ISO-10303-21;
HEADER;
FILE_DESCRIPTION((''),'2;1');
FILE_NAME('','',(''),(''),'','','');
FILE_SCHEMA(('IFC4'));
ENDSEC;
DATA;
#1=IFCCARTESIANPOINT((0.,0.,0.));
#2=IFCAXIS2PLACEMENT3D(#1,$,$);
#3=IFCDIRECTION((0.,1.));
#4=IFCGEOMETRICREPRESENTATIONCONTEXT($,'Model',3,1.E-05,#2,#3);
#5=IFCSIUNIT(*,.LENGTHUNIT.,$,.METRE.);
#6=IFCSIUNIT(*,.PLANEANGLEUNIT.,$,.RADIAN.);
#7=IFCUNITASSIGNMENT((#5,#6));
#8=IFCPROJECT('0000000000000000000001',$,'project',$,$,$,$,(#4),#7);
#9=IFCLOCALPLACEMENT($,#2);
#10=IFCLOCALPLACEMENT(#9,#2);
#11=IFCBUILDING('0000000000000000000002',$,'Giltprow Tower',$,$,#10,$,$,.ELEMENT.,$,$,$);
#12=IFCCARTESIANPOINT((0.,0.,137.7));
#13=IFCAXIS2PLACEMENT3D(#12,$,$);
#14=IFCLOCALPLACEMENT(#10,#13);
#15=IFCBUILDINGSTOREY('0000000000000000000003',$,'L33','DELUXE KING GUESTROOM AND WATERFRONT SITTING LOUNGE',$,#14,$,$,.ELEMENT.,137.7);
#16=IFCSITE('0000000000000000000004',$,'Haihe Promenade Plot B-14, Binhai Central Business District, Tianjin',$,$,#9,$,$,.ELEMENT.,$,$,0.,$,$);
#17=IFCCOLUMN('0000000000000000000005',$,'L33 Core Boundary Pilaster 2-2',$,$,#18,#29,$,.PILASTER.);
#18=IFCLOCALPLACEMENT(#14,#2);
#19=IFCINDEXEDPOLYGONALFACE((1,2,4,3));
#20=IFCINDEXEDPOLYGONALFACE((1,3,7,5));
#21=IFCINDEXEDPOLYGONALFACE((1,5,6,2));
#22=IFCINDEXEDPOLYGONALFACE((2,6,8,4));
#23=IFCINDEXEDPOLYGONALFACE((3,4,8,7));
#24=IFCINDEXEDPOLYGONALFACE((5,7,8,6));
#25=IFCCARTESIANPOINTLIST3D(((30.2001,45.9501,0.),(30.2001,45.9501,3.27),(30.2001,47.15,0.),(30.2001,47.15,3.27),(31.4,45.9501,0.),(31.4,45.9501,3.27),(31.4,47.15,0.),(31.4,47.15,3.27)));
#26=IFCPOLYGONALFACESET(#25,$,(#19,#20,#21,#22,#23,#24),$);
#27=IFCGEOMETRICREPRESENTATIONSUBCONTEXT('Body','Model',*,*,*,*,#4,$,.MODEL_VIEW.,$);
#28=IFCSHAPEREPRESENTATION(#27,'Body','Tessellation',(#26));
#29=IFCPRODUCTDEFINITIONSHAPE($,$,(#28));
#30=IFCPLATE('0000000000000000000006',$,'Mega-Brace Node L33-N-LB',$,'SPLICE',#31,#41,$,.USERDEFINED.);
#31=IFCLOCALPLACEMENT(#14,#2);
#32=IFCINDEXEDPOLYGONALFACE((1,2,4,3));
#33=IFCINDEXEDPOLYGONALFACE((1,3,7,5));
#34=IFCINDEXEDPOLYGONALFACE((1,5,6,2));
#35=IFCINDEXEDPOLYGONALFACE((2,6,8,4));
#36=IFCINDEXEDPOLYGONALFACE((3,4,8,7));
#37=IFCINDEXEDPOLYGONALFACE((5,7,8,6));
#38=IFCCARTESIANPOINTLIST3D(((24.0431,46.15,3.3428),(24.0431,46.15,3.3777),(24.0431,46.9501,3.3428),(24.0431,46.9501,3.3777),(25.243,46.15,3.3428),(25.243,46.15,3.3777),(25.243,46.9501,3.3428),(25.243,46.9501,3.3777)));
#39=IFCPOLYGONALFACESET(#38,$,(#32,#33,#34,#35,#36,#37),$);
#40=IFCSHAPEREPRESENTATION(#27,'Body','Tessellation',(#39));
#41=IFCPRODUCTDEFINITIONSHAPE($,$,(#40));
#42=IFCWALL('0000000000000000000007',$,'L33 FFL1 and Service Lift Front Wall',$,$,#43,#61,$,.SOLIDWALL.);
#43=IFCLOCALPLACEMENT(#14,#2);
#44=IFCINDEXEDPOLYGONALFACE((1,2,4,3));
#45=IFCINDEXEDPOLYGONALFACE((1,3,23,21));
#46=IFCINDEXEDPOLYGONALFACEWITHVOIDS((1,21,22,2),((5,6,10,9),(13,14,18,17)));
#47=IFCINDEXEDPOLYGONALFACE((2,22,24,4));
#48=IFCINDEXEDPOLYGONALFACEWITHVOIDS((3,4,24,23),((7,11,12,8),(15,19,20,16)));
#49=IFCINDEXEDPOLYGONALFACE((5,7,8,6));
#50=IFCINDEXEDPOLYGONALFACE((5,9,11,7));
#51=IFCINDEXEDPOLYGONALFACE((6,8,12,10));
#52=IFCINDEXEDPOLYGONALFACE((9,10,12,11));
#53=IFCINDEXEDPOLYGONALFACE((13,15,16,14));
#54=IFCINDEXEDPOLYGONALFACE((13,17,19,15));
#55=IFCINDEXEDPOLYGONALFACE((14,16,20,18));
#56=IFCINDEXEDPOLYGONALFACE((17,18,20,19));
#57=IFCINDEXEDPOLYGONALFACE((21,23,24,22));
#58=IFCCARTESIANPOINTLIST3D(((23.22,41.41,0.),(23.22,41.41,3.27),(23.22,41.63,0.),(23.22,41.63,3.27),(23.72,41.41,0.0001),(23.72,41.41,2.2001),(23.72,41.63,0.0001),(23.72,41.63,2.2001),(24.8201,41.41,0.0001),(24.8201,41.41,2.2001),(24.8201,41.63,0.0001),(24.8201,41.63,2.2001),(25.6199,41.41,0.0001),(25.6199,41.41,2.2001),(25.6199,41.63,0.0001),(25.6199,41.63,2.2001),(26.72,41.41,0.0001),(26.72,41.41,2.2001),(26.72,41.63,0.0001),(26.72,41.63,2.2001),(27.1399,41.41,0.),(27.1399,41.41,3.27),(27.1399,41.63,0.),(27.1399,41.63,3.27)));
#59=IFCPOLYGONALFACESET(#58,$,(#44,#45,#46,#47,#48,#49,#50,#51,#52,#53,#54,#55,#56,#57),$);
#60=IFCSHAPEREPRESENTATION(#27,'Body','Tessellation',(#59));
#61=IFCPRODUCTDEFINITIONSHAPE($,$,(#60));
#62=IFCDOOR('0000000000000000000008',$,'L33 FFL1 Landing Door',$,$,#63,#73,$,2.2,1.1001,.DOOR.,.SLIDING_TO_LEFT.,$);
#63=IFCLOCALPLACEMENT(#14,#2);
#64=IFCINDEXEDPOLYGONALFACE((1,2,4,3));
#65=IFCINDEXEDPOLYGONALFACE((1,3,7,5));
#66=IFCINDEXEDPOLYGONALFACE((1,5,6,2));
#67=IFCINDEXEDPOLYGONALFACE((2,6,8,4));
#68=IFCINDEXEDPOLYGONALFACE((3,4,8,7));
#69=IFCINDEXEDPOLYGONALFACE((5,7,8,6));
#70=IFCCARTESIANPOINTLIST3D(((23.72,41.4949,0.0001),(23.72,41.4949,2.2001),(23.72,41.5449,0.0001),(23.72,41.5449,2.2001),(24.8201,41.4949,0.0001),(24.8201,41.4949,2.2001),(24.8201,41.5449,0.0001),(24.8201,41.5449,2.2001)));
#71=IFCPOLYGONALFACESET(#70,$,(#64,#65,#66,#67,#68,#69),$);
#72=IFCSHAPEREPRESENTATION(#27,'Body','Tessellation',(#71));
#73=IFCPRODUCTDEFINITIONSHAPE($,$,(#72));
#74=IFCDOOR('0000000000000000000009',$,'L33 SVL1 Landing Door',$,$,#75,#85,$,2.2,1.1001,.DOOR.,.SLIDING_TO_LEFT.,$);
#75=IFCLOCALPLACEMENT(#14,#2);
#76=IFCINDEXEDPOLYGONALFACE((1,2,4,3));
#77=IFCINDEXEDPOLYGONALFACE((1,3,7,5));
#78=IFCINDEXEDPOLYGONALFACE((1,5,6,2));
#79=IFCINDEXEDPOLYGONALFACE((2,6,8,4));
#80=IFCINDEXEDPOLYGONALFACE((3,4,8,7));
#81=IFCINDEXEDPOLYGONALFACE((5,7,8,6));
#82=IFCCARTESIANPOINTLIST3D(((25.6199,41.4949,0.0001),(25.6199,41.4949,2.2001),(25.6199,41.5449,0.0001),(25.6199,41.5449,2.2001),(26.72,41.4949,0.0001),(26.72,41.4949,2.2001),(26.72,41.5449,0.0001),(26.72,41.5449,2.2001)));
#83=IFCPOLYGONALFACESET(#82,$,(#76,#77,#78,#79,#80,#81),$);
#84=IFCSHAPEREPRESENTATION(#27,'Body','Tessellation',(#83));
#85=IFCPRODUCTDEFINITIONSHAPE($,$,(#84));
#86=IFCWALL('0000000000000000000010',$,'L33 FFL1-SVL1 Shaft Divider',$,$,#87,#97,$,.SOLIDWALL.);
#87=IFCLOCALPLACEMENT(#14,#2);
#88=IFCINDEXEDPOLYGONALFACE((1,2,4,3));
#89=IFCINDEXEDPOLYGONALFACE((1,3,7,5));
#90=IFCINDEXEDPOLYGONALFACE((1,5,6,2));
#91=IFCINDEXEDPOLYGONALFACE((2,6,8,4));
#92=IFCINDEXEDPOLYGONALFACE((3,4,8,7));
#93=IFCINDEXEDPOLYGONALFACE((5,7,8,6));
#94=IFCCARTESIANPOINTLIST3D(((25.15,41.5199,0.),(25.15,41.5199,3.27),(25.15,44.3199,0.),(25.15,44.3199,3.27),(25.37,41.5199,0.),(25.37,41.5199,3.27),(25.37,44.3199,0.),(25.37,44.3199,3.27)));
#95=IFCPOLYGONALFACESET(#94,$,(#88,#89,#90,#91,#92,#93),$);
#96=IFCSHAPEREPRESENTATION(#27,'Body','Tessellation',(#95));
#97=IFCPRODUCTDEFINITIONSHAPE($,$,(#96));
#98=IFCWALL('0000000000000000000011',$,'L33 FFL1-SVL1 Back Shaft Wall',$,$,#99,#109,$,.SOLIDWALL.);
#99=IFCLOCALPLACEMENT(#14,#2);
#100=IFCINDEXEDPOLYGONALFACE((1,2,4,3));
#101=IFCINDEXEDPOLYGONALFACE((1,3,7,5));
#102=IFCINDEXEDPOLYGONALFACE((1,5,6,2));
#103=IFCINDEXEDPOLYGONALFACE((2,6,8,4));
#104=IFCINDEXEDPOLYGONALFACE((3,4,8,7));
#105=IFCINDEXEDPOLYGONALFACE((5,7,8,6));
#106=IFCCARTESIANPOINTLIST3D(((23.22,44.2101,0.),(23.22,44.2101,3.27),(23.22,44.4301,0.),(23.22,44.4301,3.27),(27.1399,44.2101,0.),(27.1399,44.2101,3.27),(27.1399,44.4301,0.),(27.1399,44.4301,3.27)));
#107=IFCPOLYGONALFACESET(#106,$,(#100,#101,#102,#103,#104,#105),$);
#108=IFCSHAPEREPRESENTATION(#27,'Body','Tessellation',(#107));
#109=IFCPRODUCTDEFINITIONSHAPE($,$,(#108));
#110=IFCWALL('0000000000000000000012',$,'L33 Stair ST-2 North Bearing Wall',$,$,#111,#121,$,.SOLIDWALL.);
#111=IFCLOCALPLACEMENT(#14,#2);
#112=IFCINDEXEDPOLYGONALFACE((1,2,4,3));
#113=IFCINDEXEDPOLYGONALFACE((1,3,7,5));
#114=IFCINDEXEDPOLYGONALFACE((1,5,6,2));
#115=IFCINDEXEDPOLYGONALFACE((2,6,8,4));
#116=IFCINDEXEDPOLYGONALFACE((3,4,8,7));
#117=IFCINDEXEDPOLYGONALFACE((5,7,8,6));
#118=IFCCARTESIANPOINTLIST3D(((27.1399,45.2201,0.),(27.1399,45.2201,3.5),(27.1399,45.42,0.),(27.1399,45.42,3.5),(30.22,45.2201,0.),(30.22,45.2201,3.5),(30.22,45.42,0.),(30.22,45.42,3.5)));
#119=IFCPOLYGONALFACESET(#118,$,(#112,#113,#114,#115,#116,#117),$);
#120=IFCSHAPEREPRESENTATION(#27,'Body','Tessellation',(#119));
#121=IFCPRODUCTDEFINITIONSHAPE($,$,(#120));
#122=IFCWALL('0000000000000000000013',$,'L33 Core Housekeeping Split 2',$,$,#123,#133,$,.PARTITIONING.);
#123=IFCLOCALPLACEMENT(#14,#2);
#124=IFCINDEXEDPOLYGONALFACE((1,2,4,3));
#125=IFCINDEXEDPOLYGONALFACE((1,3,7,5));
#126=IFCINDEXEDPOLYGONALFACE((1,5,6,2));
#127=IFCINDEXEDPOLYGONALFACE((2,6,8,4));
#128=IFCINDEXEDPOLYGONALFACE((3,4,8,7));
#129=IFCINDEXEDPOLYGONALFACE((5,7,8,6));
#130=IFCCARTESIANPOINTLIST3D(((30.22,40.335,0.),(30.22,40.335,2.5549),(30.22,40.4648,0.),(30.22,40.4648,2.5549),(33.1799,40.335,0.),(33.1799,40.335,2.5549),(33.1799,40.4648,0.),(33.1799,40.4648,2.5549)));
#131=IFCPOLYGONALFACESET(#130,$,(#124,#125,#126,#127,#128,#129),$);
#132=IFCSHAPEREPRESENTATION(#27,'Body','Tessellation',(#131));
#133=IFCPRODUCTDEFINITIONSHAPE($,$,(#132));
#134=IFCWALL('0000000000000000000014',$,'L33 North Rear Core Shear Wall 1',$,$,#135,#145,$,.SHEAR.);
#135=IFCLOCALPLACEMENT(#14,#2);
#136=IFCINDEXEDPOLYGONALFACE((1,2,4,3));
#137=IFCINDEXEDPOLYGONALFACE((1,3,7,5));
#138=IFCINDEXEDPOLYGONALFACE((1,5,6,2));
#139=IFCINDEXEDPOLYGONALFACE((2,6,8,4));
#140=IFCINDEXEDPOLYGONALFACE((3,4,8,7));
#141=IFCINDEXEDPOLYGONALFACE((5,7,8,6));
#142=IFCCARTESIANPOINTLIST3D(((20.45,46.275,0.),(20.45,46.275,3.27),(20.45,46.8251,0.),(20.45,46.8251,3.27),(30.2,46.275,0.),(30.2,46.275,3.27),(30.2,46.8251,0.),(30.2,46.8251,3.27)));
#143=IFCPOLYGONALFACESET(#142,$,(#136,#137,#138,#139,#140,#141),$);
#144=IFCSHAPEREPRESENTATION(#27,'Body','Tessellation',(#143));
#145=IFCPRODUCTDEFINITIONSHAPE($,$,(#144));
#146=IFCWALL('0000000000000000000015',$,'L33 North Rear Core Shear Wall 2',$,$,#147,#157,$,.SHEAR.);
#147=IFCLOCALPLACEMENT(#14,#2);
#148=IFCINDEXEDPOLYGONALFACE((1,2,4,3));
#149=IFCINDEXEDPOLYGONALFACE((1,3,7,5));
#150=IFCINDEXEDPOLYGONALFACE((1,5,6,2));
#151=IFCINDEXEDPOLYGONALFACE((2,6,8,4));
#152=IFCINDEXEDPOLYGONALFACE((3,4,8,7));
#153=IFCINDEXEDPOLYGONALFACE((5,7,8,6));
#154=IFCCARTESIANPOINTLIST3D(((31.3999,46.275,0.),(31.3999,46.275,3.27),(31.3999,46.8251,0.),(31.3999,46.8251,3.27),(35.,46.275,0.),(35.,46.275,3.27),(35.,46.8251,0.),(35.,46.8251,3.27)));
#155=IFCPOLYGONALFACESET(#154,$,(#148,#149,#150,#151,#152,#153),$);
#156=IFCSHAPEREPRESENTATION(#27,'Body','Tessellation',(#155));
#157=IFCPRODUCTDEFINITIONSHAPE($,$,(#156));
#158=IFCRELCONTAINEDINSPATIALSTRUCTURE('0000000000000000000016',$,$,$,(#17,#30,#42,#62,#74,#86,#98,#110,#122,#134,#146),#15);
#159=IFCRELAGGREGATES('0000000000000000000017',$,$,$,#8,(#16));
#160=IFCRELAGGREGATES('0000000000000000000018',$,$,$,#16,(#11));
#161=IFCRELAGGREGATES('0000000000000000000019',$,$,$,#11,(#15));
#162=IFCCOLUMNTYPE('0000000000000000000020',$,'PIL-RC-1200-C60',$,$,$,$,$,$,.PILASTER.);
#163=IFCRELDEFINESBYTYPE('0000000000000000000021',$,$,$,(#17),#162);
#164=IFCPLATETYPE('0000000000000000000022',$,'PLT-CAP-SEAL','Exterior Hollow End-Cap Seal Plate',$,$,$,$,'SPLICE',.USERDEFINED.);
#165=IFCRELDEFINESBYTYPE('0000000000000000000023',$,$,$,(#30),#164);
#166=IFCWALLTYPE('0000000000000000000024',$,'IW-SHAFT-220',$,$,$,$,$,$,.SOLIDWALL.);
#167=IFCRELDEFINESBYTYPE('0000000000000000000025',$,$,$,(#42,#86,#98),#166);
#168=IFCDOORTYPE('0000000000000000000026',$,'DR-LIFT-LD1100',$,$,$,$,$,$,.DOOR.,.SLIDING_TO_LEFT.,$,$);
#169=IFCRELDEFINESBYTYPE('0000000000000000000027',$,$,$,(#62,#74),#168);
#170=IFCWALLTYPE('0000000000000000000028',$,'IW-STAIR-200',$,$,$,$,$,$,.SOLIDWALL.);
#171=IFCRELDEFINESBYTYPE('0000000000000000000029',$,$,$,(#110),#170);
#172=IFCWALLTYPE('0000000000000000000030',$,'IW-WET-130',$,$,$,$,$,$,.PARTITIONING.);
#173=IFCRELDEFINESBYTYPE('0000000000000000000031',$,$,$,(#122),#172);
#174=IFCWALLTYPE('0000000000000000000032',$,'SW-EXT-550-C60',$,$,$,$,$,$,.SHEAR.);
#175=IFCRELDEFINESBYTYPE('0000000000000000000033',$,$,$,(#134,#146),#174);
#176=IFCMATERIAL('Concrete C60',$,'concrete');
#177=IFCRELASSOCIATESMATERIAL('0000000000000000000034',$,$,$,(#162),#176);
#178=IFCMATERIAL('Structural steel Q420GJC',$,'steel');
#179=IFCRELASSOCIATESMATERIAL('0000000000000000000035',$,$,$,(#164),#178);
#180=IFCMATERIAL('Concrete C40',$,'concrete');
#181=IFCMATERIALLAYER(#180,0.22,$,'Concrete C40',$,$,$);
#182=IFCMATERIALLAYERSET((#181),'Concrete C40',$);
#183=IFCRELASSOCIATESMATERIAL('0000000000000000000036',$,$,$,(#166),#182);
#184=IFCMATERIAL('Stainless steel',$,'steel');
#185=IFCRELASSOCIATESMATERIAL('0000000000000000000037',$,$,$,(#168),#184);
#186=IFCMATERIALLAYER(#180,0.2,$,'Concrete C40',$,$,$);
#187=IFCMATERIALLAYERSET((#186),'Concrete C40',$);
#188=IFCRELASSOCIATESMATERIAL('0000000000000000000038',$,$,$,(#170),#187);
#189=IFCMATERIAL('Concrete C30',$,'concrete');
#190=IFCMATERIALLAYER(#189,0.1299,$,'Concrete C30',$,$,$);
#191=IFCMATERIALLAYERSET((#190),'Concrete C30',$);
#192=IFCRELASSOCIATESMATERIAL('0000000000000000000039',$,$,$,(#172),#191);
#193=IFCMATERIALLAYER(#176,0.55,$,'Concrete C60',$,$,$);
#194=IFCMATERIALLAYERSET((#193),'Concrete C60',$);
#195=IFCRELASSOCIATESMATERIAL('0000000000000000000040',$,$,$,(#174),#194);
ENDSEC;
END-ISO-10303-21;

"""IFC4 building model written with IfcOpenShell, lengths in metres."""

from ifc_helpers import new_model, si_unit, direction, frame, frame_2d, origin, origin_2d, place, context, subcontext, project, spatial, rectangle, extrude, source, transform, mapped, material, layer, layer_set, material_profile, profile_set, type_object, element, fill, save


model = new_model("IFC4")

# Units and contexts
model_context = context("Model", 3, precision=1e-05, world=origin(), true_north=direction((0.0, 1.0)))
body_context = subcontext(model_context, "Body", "Model", "MODEL_VIEW")
ifc_project = project(units=[si_unit("LENGTHUNIT", "METRE"), si_unit("PLANEANGLEUNIT", "RADIAN")], contexts=[model_context])

# Site, building, storey
site_placement = place(None, origin())
site = spatial("IfcSite", under=ifc_project, at=site_placement, Name="Haihe Promenade Plot B-14, Binhai Central Business District, Tianjin", CompositionType="ELEMENT", RefElevation=0.0)
building_placement = place(site_placement, origin())
building = spatial("IfcBuilding", under=site, at=building_placement, Name="Giltprow Tower", CompositionType="ELEMENT")
storey_placement = place(building_placement, frame((0.0, 0.0, 137.7)))
storey = spatial("IfcBuildingStorey", under=building, at=storey_placement, Name="L33", Description="DELUXE KING GUESTROOM AND WATERFRONT SITTING LOUNGE", CompositionType="ELEMENT", Elevation=137.7)

# Column
ifc_material_1 = material(Name="Concrete C60", Category="concrete")
ifc_material_profile = material_profile(ifc_material_1, rectangle(XDim=1.2, YDim=1.2, at=origin_2d()), Name="RC 1200x1200")
ifc_profile_set = profile_set([ifc_material_profile], Name="Concrete C60")
column_type = type_object("IfcColumnType", Name="PIL-RC-1200-C60", PredefinedType="PILASTER", material=ifc_profile_set)
shared_shape_1 = source(origin(), body_context, "Body", "SweptSolid", [
    extrude(rectangle(XDim=1.2, YDim=1.2, at=origin_2d()), origin(), (0.0, 0.0, 1.0), 3.27),
])
column_placement = place(storey_placement, frame((30.8, 46.55, 0.0), z_axis=(0.0, 0.0, 1.0), x_axis=(1.0, 0.0, 0.0)))
element("IfcColumn", 1, at=column_placement, inside=storey, type_object=column_type, Name="L33 Core Boundary Pilaster 2-2", PredefinedType="PILASTER", context=body_context, shape_type="MappedRepresentation", body=[
    mapped(shared_shape_1, transform((0.0, 0.0, 0.0), x_axis=(1.0, 0.0, 0.0), y_axis=(0.0, 1.0, 0.0), z_axis=(0.0, 0.0, 1.0), scale=1.0)),
])

# Plate
ifc_material_2 = material(Name="Structural steel Q420GJC", Category="steel")
plate_type = type_object("IfcPlateType", Name="PLT-CAP-SEAL", Description="Exterior Hollow End-Cap Seal Plate", ElementType="SPLICE", PredefinedType="USERDEFINED", material=ifc_material_2)
shared_shape_2 = source(origin(), body_context, "Body", "SweptSolid", [
    extrude(rectangle(XDim=1.2, YDim=0.8, at=origin_2d()), origin(), (0.0, 0.0, 1.0), 0.0349),
])
plate_placement = place(storey_placement, frame((24.6431, 46.55, 3.3428), z_axis=(0.0, 0.0, 1.0), x_axis=(1.0, 0.0, 0.0)))
element("IfcPlate", 2, at=plate_placement, inside=storey, type_object=plate_type, Name="Mega-Brace Node L33-N-LB", ObjectType="SPLICE", PredefinedType="USERDEFINED", context=body_context, shape_type="MappedRepresentation", body=[
    mapped(shared_shape_2, transform((0.0, 0.0, 0.0), x_axis=(1.0, 0.0, 0.0), y_axis=(0.0, 1.0, 0.0), z_axis=(0.0, 0.0, 1.0), scale=1.0)),
])

# Wall, openings, doors
ifc_material_3 = material(Name="Concrete C40", Category="concrete")
ifc_layer_1 = layer(ifc_material_3, 0.22, Name="Concrete C40")
ifc_layer_set_1 = layer_set([ifc_layer_1], Name="Concrete C40")
wall_type_1 = type_object("IfcWallType", Name="IW-SHAFT-220", PredefinedType="SOLIDWALL", material=ifc_layer_set_1)
wall_1_placement = place(storey_placement, frame((23.22, 41.52, 0.0), z_axis=(0.0, 0.0, 1.0), x_axis=(1.0, 0.0, 0.0)))
wall_1 = element("IfcWall", 3, at=wall_1_placement, inside=storey, type_object=wall_type_1, Name="L33 FFL1 and Service Lift Front Wall", PredefinedType="SOLIDWALL", context=body_context, shape_type="SweptSolid", body=[
    extrude(rectangle(XDim=3.9199, YDim=0.22, at=frame_2d((1.96, 0.0))), origin(), (0.0, 0.0, 1.0), 3.27),
])
opening_1_placement = place(wall_1_placement, frame((0.5, 0.0, 0.0)))
opening_1 = element("IfcOpeningElement", 4, at=opening_1_placement, cuts=wall_1, PredefinedType="OPENING", context=body_context, shape_type="SweptSolid", body=[
    extrude(rectangle(XDim=1.1001, YDim=2.2, at=frame_2d((0.55, 1.1001))), frame((0.0, 0.1199, 0.0), z_axis=(0.0, -1.0, 0.0), x_axis=(1.0, 0.0, 0.0)), (0.0, 0.0, 1.0), 0.24),
])
opening_2_placement = place(wall_1_placement, frame((2.3999, 0.0, 0.0)))
opening_2 = element("IfcOpeningElement", 5, at=opening_2_placement, cuts=wall_1, PredefinedType="OPENING", context=body_context, shape_type="SweptSolid", body=[
    extrude(rectangle(XDim=1.1001, YDim=2.2, at=frame_2d((0.55, 1.1001))), frame((0.0, 0.1199, 0.0), z_axis=(0.0, -1.0, 0.0), x_axis=(1.0, 0.0, 0.0)), (0.0, 0.0, 1.0), 0.24),
])
ifc_material_4 = material(Name="Stainless steel", Category="steel")
door_type = type_object("IfcDoorType", Name="DR-LIFT-LD1100", OperationType="SLIDING_TO_LEFT", PredefinedType="DOOR", material=ifc_material_4)
shared_shape_3 = source(origin(), body_context, "Body", "SweptSolid", [
    extrude(rectangle(XDim=1.1001, YDim=2.2, at=frame_2d((0.55, 1.1001))), frame((0.0, 0.0249, 0.0), z_axis=(0.0, -1.0, 0.0), x_axis=(1.0, 0.0, 0.0)), (0.0, 0.0, 1.0), 0.05),
])
door_1_placement = place(opening_1_placement, origin())
door_1 = element("IfcDoor", 6, at=door_1_placement, inside=storey, type_object=door_type, Name="L33 FFL1 Landing Door", OperationType="SLIDING_TO_LEFT", OverallHeight=2.2, OverallWidth=1.1001, PredefinedType="DOOR", context=body_context, shape_type="MappedRepresentation", body=[
    mapped(shared_shape_3, transform((0.0, 0.0, 0.0), x_axis=(1.0, 0.0, 0.0), y_axis=(0.0, 1.0, 0.0), z_axis=(0.0, 0.0, 1.0), scale=1.0)),
])
fill(opening_1, door_1)
door_2_placement = place(opening_2_placement, origin())
door_2 = element("IfcDoor", 7, at=door_2_placement, inside=storey, type_object=door_type, Name="L33 SVL1 Landing Door", OperationType="SLIDING_TO_LEFT", OverallHeight=2.2, OverallWidth=1.1001, PredefinedType="DOOR", context=body_context, shape_type="MappedRepresentation", body=[
    mapped(shared_shape_3, transform((0.0, 0.0, 0.0), x_axis=(1.0, 0.0, 0.0), y_axis=(0.0, 1.0, 0.0), z_axis=(0.0, 0.0, 1.0), scale=1.0)),
])
fill(opening_2, door_2)

# Walls
wall_2_placement = place(storey_placement, frame((25.26, 41.52, 0.0), z_axis=(0.0, 0.0, 1.0), x_axis=(0.0, 1.0, 0.0)))
element("IfcWall", 8, at=wall_2_placement, inside=storey, type_object=wall_type_1, Name="L33 FFL1-SVL1 Shaft Divider", PredefinedType="SOLIDWALL", context=body_context, shape_type="SweptSolid", body=[
    extrude(rectangle(XDim=2.8, YDim=0.22, at=frame_2d((1.3999, 0.0))), origin(), (0.0, 0.0, 1.0), 3.27),
])
wall_3_placement = place(storey_placement, frame((23.22, 44.3201, 0.0), z_axis=(0.0, 0.0, 1.0), x_axis=(1.0, 0.0, 0.0)))
element("IfcWall", 9, at=wall_3_placement, inside=storey, type_object=wall_type_1, Name="L33 FFL1-SVL1 Back Shaft Wall", PredefinedType="SOLIDWALL", context=body_context, shape_type="SweptSolid", body=[
    extrude(rectangle(XDim=3.9199, YDim=0.22, at=frame_2d((1.96, 0.0))), origin(), (0.0, 0.0, 1.0), 3.27),
])
ifc_layer_2 = layer(ifc_material_3, 0.2, Name="Concrete C40")
ifc_layer_set_2 = layer_set([ifc_layer_2], Name="Concrete C40")
wall_type_2 = type_object("IfcWallType", Name="IW-STAIR-200", PredefinedType="SOLIDWALL", material=ifc_layer_set_2)
wall_4_placement = place(storey_placement, frame((27.1399, 45.3201, 0.0), z_axis=(0.0, 0.0, 1.0), x_axis=(1.0, 0.0, 0.0)))
element("IfcWall", 10, at=wall_4_placement, inside=storey, type_object=wall_type_2, Name="L33 Stair ST-2 North Bearing Wall", PredefinedType="SOLIDWALL", context=body_context, shape_type="SweptSolid", body=[
    extrude(rectangle(XDim=3.0801, YDim=0.2, at=frame_2d((1.54, 0.0))), origin(), (0.0, 0.0, 1.0), 3.5),
])
ifc_material_5 = material(Name="Concrete C30", Category="concrete")
ifc_layer_3 = layer(ifc_material_5, 0.1299, Name="Concrete C30")
ifc_layer_set_3 = layer_set([ifc_layer_3], Name="Concrete C30")
wall_type_3 = type_object("IfcWallType", Name="IW-WET-130", PredefinedType="PARTITIONING", material=ifc_layer_set_3)
wall_5_placement = place(storey_placement, frame((30.22, 40.3999, 0.0), z_axis=(0.0, 0.0, 1.0), x_axis=(1.0, 0.0, 0.0)))
element("IfcWall", 11, at=wall_5_placement, inside=storey, type_object=wall_type_3, Name="L33 Core Housekeeping Split 2", PredefinedType="PARTITIONING", context=body_context, shape_type="SweptSolid", body=[
    extrude(rectangle(XDim=2.96, YDim=0.1299, at=frame_2d((1.48, 0.0))), origin(), (0.0, 0.0, 1.0), 2.5549),
])
ifc_layer_4 = layer(ifc_material_1, 0.55, Name="Concrete C60")
ifc_layer_set_4 = layer_set([ifc_layer_4], Name="Concrete C60")
wall_type_4 = type_object("IfcWallType", Name="SW-EXT-550-C60", PredefinedType="SHEAR", material=ifc_layer_set_4)
wall_6_placement = place(storey_placement, frame((20.45, 46.55, 0.0), z_axis=(0.0, 0.0, 1.0), x_axis=(1.0, 0.0, 0.0)))
element("IfcWall", 12, at=wall_6_placement, inside=storey, type_object=wall_type_4, Name="L33 North Rear Core Shear Wall 1", PredefinedType="SHEAR", context=body_context, shape_type="SweptSolid", body=[
    extrude(rectangle(XDim=9.75, YDim=0.55, at=frame_2d((4.875, 0.0))), origin(), (0.0, 0.0, 1.0), 3.27),
])
wall_7_placement = place(storey_placement, frame((31.3999, 46.55, 0.0), z_axis=(0.0, 0.0, 1.0), x_axis=(1.0, 0.0, 0.0)))
element("IfcWall", 13, at=wall_7_placement, inside=storey, type_object=wall_type_4, Name="L33 North Rear Core Shear Wall 2", PredefinedType="SHEAR", context=body_context, shape_type="SweptSolid", body=[
    extrude(rectangle(XDim=3.6001, YDim=0.55, at=frame_2d((1.8, 0.0))), origin(), (0.0, 0.0, 1.0), 3.27),
])

save(model, "model.ifc")
